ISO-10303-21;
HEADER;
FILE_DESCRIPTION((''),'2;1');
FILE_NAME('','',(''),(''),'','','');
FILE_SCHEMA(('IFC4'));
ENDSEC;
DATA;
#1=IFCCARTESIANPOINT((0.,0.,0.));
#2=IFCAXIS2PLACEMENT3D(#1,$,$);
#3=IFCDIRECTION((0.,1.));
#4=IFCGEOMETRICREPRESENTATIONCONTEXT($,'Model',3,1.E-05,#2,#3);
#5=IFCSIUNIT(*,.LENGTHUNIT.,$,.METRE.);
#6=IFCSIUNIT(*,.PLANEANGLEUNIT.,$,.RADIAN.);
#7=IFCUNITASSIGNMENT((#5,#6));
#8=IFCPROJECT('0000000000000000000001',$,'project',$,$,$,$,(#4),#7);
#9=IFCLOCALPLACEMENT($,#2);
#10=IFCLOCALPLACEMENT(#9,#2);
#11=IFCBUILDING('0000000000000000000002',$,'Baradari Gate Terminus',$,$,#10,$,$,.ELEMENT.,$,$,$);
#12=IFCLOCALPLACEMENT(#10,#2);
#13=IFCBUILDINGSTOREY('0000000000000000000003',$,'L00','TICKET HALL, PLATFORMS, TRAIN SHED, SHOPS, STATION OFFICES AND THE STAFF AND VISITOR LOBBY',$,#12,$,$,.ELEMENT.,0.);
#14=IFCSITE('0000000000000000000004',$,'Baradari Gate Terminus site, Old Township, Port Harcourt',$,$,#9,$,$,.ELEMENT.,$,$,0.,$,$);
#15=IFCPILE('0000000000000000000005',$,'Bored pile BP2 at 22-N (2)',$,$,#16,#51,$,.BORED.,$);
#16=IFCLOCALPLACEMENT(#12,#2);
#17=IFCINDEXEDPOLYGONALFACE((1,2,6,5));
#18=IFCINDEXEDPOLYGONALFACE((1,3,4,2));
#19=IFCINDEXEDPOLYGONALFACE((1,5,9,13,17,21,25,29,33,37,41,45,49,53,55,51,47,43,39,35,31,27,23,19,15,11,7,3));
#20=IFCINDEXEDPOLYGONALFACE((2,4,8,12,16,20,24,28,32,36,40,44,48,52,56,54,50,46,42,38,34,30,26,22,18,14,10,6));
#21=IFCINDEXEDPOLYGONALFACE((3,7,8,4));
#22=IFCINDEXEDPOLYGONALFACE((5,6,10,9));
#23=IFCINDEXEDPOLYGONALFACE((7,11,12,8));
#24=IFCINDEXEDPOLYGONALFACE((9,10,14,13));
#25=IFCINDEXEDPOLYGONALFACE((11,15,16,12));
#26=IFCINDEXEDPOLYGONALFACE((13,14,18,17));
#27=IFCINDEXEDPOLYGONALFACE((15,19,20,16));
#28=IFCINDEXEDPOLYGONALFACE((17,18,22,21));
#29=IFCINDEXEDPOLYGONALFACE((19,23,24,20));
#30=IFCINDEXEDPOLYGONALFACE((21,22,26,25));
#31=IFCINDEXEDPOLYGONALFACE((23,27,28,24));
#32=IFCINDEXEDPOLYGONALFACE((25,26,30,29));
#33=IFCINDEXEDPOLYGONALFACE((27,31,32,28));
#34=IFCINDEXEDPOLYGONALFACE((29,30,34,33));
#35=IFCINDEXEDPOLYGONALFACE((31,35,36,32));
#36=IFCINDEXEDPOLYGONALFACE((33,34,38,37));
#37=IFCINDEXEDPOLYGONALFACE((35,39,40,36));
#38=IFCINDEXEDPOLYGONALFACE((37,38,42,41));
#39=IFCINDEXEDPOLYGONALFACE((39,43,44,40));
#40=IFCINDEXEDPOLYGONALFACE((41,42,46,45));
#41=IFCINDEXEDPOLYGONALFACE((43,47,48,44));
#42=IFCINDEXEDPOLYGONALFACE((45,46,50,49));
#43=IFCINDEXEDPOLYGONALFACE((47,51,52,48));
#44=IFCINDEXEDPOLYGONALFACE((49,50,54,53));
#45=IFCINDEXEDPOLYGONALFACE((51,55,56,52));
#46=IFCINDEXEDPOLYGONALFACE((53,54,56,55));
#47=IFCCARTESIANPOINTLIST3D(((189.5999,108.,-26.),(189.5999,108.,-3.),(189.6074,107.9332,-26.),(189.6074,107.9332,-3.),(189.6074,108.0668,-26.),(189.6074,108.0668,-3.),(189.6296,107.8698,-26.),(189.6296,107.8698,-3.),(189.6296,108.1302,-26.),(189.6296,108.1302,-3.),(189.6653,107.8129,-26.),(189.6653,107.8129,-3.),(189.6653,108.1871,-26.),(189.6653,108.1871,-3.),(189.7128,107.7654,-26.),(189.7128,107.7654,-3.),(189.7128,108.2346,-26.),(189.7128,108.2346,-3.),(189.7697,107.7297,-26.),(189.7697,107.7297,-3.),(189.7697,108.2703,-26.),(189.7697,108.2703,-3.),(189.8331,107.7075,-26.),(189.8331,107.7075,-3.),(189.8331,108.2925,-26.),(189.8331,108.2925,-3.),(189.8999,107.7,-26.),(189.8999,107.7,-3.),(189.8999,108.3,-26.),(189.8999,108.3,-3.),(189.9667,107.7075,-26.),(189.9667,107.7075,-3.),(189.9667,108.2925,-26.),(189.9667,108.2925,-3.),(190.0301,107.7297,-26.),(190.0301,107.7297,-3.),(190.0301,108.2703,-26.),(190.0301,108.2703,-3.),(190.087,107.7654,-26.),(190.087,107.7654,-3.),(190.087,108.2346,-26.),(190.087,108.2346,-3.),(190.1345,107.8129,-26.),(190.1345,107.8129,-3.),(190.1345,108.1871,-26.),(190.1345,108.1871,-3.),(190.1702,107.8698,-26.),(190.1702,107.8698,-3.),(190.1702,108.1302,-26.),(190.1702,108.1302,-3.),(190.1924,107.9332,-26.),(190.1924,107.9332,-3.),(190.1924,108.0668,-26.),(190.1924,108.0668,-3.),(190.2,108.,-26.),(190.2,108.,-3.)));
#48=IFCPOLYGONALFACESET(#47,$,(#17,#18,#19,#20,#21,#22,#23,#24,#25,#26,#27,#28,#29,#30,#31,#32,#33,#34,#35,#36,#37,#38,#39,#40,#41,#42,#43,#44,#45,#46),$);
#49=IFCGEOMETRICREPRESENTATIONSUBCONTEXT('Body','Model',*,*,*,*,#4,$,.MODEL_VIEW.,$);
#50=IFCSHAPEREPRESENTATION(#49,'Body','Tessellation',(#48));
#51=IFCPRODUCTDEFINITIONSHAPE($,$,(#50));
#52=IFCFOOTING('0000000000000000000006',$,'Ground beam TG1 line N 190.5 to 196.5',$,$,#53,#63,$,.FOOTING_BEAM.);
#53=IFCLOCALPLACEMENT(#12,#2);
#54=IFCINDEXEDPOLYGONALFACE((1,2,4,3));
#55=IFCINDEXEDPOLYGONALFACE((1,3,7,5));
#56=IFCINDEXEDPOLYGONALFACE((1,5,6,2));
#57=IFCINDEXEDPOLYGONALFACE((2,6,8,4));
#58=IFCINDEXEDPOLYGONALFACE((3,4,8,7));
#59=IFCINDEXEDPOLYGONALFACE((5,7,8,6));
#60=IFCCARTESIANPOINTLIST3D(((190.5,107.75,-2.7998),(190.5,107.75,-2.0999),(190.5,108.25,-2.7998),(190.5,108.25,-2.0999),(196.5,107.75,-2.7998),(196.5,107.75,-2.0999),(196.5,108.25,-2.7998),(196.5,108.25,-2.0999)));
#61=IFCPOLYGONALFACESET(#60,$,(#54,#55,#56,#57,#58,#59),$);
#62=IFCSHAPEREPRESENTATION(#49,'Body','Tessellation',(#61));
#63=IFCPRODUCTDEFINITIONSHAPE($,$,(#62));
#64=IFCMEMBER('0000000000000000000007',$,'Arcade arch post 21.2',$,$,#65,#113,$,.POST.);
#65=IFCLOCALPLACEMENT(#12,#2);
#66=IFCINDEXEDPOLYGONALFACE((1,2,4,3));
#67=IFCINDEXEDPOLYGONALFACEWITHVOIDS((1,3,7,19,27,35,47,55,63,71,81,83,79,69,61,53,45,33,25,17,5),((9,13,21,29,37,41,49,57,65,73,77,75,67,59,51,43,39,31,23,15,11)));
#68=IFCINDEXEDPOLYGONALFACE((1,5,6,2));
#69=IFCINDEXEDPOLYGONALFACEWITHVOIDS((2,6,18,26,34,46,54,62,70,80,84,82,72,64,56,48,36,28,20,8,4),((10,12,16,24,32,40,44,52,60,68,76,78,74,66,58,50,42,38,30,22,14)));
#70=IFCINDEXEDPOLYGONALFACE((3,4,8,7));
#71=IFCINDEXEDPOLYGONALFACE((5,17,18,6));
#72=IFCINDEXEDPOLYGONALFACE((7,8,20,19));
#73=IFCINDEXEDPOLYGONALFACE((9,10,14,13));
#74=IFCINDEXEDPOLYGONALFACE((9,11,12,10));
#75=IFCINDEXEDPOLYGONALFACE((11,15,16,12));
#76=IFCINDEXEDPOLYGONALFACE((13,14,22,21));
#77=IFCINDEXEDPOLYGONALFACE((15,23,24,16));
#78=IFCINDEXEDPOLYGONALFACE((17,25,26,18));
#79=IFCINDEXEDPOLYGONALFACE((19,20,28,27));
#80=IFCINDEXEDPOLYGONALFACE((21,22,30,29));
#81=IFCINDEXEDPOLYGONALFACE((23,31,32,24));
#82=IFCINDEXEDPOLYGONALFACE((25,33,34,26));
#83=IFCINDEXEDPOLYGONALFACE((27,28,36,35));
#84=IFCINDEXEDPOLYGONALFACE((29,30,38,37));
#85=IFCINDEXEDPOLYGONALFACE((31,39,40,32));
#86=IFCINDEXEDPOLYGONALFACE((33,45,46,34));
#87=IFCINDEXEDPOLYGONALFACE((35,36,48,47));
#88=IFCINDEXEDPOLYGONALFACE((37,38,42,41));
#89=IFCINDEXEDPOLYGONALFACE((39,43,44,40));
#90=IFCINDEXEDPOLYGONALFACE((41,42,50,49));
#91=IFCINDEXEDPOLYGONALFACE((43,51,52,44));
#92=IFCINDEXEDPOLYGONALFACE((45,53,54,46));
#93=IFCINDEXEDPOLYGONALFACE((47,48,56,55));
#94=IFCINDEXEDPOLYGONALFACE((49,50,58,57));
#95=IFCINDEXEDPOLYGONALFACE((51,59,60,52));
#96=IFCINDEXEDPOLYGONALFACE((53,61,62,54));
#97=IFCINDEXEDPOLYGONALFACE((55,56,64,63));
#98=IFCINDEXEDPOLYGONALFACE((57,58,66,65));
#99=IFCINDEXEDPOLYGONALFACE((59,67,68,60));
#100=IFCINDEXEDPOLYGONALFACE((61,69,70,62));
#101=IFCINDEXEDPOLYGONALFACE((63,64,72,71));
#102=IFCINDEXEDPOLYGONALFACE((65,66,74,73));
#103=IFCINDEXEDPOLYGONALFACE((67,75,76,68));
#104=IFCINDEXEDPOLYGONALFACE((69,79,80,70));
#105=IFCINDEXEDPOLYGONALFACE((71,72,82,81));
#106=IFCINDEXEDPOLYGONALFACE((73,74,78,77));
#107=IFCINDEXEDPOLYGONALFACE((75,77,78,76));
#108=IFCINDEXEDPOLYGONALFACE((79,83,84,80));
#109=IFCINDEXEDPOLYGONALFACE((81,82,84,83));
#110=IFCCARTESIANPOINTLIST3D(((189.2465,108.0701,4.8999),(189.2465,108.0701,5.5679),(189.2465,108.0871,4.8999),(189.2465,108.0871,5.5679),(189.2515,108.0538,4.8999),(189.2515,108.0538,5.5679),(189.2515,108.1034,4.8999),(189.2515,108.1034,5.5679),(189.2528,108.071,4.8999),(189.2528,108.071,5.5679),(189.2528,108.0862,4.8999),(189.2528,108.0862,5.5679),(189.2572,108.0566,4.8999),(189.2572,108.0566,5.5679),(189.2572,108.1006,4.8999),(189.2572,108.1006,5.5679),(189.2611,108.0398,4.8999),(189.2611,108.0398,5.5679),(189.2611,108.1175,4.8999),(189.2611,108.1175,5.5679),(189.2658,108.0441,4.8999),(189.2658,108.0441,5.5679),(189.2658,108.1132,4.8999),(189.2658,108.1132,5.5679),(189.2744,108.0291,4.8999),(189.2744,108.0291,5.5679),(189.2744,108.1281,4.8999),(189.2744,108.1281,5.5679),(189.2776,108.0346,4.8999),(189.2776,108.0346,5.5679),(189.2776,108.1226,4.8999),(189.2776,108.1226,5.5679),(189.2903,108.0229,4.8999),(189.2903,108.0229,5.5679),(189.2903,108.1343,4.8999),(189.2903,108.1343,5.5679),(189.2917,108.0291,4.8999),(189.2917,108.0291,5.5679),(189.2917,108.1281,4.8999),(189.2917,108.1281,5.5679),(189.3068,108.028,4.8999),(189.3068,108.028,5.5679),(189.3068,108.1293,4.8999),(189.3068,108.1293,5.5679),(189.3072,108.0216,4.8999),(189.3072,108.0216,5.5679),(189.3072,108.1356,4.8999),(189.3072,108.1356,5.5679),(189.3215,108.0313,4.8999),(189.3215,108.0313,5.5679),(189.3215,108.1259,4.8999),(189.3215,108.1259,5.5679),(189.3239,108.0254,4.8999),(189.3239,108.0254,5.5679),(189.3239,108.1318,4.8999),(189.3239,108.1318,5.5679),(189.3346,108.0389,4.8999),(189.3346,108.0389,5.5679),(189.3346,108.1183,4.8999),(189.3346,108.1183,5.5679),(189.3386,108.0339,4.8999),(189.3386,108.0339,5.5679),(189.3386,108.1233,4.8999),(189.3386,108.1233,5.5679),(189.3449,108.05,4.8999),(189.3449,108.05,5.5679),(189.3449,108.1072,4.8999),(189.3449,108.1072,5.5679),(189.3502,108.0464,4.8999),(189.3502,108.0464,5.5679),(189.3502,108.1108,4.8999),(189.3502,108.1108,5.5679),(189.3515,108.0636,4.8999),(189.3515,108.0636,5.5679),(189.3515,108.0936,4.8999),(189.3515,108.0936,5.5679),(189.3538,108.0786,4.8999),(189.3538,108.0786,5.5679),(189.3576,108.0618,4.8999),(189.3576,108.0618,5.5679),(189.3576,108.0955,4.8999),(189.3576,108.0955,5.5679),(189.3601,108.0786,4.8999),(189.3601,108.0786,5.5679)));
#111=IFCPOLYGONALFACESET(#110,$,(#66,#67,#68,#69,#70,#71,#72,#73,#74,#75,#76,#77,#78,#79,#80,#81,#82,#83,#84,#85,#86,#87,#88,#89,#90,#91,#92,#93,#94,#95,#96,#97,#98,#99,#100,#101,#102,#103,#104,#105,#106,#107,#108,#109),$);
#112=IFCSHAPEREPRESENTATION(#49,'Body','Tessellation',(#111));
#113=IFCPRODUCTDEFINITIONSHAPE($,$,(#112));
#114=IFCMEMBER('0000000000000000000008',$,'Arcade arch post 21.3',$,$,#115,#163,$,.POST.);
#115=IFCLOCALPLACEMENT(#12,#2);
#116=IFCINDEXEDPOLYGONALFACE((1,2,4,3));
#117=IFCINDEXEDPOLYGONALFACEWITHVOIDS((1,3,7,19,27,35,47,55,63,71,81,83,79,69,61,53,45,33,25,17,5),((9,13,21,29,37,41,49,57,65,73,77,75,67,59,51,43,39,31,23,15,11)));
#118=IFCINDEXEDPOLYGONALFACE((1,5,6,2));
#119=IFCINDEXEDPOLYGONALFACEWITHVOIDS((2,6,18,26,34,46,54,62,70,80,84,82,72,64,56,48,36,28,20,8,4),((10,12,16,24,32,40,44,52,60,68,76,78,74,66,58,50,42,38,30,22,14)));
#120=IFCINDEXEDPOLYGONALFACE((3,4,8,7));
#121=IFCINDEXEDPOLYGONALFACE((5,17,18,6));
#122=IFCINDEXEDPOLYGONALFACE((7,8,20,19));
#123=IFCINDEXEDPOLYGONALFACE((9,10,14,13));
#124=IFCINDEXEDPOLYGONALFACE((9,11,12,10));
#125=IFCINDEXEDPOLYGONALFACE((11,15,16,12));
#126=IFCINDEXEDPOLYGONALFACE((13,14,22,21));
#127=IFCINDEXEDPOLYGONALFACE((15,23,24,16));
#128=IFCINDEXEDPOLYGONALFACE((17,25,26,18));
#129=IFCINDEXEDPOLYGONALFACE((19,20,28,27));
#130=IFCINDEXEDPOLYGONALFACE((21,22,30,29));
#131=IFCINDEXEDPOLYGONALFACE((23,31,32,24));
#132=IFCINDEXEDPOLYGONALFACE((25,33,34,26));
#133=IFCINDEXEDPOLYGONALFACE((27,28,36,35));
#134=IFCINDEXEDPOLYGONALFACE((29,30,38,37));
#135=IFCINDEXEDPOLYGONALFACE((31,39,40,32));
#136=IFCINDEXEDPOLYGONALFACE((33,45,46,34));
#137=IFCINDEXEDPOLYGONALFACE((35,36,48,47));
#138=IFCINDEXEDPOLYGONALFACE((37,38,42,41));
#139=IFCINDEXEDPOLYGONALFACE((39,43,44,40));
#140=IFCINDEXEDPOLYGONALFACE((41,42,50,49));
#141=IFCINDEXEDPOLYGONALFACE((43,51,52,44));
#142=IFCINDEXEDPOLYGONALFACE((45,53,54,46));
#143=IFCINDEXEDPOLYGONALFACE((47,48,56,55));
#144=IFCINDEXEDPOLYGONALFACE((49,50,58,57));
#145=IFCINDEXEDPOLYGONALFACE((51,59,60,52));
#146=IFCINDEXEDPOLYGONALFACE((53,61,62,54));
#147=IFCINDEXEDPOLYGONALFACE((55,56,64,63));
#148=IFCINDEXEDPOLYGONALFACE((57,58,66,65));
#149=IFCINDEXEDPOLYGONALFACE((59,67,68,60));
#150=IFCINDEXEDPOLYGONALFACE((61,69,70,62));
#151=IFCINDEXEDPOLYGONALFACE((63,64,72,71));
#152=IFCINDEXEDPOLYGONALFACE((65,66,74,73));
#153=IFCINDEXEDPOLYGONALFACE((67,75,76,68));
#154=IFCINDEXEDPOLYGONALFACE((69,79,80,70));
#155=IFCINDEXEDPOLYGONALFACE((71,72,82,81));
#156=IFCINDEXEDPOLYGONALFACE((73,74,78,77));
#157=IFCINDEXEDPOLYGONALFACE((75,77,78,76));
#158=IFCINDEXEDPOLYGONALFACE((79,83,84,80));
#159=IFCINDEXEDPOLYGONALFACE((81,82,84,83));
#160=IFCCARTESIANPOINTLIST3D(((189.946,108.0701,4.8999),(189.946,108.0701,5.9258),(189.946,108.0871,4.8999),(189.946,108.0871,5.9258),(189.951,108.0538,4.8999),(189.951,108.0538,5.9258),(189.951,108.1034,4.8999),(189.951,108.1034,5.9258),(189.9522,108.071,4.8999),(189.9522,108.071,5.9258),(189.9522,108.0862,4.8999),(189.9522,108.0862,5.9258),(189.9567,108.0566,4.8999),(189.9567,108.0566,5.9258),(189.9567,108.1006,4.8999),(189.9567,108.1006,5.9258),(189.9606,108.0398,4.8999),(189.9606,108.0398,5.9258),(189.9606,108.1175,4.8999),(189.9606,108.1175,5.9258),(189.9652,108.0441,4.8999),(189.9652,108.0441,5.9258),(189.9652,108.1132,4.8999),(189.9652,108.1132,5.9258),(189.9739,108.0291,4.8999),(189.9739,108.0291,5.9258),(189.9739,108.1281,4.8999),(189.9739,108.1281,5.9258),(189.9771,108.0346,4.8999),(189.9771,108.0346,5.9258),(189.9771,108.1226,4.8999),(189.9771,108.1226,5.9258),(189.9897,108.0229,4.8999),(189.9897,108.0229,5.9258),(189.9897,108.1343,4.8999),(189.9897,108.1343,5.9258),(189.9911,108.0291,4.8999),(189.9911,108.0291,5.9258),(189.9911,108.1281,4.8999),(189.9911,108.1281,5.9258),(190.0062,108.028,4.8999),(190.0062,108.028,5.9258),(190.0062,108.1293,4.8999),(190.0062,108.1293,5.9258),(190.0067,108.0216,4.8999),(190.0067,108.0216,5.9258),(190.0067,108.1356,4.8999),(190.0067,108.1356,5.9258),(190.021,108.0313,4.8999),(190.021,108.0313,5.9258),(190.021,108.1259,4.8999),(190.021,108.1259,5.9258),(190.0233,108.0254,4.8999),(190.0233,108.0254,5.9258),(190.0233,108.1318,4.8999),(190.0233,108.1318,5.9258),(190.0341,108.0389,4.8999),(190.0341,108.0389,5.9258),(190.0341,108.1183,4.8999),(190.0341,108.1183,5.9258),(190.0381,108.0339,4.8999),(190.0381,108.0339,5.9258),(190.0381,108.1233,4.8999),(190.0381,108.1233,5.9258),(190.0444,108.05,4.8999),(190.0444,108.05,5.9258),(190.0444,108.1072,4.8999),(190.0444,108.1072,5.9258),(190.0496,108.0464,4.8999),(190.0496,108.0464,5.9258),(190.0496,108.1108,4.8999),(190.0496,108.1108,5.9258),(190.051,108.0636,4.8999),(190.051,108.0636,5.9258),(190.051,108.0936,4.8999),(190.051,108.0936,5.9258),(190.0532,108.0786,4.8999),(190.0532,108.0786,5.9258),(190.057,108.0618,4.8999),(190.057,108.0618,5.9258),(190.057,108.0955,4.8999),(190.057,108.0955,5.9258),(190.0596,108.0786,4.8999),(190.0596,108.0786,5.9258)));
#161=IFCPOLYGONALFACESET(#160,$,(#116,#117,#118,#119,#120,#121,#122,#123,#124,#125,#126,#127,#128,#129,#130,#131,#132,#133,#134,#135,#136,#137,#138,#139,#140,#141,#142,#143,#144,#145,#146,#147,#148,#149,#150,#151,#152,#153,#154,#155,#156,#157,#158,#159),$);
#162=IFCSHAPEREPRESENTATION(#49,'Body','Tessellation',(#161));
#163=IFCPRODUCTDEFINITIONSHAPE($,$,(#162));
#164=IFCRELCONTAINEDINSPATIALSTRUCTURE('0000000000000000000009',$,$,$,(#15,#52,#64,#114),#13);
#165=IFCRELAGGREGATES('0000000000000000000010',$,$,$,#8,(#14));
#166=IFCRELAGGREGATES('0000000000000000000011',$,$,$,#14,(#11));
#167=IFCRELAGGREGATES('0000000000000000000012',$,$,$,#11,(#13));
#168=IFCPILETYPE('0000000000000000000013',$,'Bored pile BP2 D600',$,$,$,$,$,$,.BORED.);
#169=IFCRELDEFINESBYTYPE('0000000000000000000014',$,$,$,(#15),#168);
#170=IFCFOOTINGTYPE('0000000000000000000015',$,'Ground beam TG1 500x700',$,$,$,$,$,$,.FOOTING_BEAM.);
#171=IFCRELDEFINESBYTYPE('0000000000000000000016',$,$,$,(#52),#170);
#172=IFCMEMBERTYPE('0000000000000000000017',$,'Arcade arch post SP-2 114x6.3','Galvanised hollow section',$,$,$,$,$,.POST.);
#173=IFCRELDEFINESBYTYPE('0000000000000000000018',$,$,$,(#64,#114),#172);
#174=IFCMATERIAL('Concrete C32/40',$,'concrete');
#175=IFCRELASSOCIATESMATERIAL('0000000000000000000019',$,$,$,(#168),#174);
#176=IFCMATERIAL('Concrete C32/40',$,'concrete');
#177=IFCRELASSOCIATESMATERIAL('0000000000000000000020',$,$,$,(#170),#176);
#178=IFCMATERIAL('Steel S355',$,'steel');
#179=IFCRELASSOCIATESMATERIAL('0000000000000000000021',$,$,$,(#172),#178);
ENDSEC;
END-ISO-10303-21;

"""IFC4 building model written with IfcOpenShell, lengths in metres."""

from ifc_helpers import new_model, si_unit, direction, frame, origin, origin_2d, place, context, subcontext, project, spatial, rectangle, circle, hollow_circle, extrude, material, material_profile, profile_set, type_object, element, save


model = new_model("IFC4")

# Units and contexts
model_context = context("Model", 3, precision=1e-05, world=origin(), true_north=direction((0.0, 1.0)))
body_context = subcontext(model_context, "Body", "Model", "MODEL_VIEW")
ifc_project = project(units=[si_unit("LENGTHUNIT", "METRE"), si_unit("PLANEANGLEUNIT", "RADIAN")], contexts=[model_context])

# Site, building, storey
site_placement = place(None, origin())
site = spatial("IfcSite", under=ifc_project, at=site_placement, Name="Baradari Gate Terminus site, Old Township, Port Harcourt", CompositionType="ELEMENT", RefElevation=0.0)
building_placement = place(site_placement, origin())
building = spatial("IfcBuilding", under=site, at=building_placement, Name="Baradari Gate Terminus", CompositionType="ELEMENT")
storey_placement = place(building_placement, origin())
storey = spatial("IfcBuildingStorey", under=building, at=storey_placement, Name="L00", Description="TICKET HALL, PLATFORMS, TRAIN SHED, SHOPS, STATION OFFICES AND THE STAFF AND VISITOR LOBBY", CompositionType="ELEMENT", Elevation=0.0)

# Pile
ifc_material_1 = material(Name="Concrete C32/40", Category="concrete")
pile_type = type_object("IfcPileType", Name="Bored pile BP2 D600", PredefinedType="BORED", material=ifc_material_1)
pile_placement = place(storey_placement, frame((189.8999, 108.0, -3.0), z_axis=(0.0, 0.0, -1.0), x_axis=(1.0, 0.0, 0.0)))
element("IfcPile", 1, at=pile_placement, inside=storey, type_object=pile_type, Name="Bored pile BP2 at 22-N (2)", PredefinedType="BORED", context=body_context, shape_type="SweptSolid", body=[
    extrude(circle(Radius=0.3, at=origin_2d()), origin(), (0.0, 0.0, 1.0), 23.0),
])

# Footing
ifc_material_2 = material(Name="Concrete C32/40", Category="concrete")
footing_type = type_object("IfcFootingType", Name="Ground beam TG1 500x700", PredefinedType="FOOTING_BEAM", material=ifc_material_2)
footing_placement = place(storey_placement, frame((193.5, 108.0, -2.7998), z_axis=(0.0, 0.0, 1.0), x_axis=(1.0, 0.0, 0.0)))
element("IfcFooting", 2, at=footing_placement, inside=storey, type_object=footing_type, Name="Ground beam TG1 line N 190.5 to 196.5", PredefinedType="FOOTING_BEAM", context=body_context, shape_type="SweptSolid", body=[
    extrude(rectangle(XDim=6.0, YDim=0.5, at=origin_2d()), origin(), (0.0, 0.0, 1.0), 0.7),
])

# Members
ifc_material_3 = material(Name="Steel S355", Category="steel")
ifc_material_profile_1 = material_profile(ifc_material_3, hollow_circle(Radius=0.0571, WallThickness=0.0063, at=origin_2d()), Name="CHS 114.3x6.3")
ifc_profile_set_1 = profile_set([ifc_material_profile_1], Name="Steel S355")
member_type_1 = type_object("IfcMemberType", Name="Arcade arch post SP-2 114x6.3", Description="Galvanised hollow section", PredefinedType="POST", material=ifc_profile_set_1)
member_1_placement = place(storey_placement, frame((189.303, 108.0786, 4.8999), z_axis=(0.0, 0.0, 1.0), x_axis=(1.0, 0.0, 0.0)))
element("IfcMember", 3, at=member_1_placement, inside=storey, type_object=member_type_1, Name="Arcade arch post 21.2", PredefinedType="POST", context=body_context, shape_type="SweptSolid", body=[
    extrude(hollow_circle(Radius=0.0571, WallThickness=0.0063, at=origin_2d()), origin(), (0.0, 0.0, 1.0), 0.668),
])
member_2_placement = place(storey_placement, frame((190.0024, 108.0786, 4.8999), z_axis=(0.0, 0.0, 1.0), x_axis=(1.0, 0.0, 0.0)))
element("IfcMember", 4, at=member_2_placement, inside=storey, type_object=member_type_1, Name="Arcade arch post 21.3", PredefinedType="POST", context=body_context, shape_type="SweptSolid", body=[
    extrude(hollow_circle(Radius=0.0571, WallThickness=0.0063, at=origin_2d()), origin(), (0.0, 0.0, 1.0), 1.0259),
])

save(model, "model.ifc")
